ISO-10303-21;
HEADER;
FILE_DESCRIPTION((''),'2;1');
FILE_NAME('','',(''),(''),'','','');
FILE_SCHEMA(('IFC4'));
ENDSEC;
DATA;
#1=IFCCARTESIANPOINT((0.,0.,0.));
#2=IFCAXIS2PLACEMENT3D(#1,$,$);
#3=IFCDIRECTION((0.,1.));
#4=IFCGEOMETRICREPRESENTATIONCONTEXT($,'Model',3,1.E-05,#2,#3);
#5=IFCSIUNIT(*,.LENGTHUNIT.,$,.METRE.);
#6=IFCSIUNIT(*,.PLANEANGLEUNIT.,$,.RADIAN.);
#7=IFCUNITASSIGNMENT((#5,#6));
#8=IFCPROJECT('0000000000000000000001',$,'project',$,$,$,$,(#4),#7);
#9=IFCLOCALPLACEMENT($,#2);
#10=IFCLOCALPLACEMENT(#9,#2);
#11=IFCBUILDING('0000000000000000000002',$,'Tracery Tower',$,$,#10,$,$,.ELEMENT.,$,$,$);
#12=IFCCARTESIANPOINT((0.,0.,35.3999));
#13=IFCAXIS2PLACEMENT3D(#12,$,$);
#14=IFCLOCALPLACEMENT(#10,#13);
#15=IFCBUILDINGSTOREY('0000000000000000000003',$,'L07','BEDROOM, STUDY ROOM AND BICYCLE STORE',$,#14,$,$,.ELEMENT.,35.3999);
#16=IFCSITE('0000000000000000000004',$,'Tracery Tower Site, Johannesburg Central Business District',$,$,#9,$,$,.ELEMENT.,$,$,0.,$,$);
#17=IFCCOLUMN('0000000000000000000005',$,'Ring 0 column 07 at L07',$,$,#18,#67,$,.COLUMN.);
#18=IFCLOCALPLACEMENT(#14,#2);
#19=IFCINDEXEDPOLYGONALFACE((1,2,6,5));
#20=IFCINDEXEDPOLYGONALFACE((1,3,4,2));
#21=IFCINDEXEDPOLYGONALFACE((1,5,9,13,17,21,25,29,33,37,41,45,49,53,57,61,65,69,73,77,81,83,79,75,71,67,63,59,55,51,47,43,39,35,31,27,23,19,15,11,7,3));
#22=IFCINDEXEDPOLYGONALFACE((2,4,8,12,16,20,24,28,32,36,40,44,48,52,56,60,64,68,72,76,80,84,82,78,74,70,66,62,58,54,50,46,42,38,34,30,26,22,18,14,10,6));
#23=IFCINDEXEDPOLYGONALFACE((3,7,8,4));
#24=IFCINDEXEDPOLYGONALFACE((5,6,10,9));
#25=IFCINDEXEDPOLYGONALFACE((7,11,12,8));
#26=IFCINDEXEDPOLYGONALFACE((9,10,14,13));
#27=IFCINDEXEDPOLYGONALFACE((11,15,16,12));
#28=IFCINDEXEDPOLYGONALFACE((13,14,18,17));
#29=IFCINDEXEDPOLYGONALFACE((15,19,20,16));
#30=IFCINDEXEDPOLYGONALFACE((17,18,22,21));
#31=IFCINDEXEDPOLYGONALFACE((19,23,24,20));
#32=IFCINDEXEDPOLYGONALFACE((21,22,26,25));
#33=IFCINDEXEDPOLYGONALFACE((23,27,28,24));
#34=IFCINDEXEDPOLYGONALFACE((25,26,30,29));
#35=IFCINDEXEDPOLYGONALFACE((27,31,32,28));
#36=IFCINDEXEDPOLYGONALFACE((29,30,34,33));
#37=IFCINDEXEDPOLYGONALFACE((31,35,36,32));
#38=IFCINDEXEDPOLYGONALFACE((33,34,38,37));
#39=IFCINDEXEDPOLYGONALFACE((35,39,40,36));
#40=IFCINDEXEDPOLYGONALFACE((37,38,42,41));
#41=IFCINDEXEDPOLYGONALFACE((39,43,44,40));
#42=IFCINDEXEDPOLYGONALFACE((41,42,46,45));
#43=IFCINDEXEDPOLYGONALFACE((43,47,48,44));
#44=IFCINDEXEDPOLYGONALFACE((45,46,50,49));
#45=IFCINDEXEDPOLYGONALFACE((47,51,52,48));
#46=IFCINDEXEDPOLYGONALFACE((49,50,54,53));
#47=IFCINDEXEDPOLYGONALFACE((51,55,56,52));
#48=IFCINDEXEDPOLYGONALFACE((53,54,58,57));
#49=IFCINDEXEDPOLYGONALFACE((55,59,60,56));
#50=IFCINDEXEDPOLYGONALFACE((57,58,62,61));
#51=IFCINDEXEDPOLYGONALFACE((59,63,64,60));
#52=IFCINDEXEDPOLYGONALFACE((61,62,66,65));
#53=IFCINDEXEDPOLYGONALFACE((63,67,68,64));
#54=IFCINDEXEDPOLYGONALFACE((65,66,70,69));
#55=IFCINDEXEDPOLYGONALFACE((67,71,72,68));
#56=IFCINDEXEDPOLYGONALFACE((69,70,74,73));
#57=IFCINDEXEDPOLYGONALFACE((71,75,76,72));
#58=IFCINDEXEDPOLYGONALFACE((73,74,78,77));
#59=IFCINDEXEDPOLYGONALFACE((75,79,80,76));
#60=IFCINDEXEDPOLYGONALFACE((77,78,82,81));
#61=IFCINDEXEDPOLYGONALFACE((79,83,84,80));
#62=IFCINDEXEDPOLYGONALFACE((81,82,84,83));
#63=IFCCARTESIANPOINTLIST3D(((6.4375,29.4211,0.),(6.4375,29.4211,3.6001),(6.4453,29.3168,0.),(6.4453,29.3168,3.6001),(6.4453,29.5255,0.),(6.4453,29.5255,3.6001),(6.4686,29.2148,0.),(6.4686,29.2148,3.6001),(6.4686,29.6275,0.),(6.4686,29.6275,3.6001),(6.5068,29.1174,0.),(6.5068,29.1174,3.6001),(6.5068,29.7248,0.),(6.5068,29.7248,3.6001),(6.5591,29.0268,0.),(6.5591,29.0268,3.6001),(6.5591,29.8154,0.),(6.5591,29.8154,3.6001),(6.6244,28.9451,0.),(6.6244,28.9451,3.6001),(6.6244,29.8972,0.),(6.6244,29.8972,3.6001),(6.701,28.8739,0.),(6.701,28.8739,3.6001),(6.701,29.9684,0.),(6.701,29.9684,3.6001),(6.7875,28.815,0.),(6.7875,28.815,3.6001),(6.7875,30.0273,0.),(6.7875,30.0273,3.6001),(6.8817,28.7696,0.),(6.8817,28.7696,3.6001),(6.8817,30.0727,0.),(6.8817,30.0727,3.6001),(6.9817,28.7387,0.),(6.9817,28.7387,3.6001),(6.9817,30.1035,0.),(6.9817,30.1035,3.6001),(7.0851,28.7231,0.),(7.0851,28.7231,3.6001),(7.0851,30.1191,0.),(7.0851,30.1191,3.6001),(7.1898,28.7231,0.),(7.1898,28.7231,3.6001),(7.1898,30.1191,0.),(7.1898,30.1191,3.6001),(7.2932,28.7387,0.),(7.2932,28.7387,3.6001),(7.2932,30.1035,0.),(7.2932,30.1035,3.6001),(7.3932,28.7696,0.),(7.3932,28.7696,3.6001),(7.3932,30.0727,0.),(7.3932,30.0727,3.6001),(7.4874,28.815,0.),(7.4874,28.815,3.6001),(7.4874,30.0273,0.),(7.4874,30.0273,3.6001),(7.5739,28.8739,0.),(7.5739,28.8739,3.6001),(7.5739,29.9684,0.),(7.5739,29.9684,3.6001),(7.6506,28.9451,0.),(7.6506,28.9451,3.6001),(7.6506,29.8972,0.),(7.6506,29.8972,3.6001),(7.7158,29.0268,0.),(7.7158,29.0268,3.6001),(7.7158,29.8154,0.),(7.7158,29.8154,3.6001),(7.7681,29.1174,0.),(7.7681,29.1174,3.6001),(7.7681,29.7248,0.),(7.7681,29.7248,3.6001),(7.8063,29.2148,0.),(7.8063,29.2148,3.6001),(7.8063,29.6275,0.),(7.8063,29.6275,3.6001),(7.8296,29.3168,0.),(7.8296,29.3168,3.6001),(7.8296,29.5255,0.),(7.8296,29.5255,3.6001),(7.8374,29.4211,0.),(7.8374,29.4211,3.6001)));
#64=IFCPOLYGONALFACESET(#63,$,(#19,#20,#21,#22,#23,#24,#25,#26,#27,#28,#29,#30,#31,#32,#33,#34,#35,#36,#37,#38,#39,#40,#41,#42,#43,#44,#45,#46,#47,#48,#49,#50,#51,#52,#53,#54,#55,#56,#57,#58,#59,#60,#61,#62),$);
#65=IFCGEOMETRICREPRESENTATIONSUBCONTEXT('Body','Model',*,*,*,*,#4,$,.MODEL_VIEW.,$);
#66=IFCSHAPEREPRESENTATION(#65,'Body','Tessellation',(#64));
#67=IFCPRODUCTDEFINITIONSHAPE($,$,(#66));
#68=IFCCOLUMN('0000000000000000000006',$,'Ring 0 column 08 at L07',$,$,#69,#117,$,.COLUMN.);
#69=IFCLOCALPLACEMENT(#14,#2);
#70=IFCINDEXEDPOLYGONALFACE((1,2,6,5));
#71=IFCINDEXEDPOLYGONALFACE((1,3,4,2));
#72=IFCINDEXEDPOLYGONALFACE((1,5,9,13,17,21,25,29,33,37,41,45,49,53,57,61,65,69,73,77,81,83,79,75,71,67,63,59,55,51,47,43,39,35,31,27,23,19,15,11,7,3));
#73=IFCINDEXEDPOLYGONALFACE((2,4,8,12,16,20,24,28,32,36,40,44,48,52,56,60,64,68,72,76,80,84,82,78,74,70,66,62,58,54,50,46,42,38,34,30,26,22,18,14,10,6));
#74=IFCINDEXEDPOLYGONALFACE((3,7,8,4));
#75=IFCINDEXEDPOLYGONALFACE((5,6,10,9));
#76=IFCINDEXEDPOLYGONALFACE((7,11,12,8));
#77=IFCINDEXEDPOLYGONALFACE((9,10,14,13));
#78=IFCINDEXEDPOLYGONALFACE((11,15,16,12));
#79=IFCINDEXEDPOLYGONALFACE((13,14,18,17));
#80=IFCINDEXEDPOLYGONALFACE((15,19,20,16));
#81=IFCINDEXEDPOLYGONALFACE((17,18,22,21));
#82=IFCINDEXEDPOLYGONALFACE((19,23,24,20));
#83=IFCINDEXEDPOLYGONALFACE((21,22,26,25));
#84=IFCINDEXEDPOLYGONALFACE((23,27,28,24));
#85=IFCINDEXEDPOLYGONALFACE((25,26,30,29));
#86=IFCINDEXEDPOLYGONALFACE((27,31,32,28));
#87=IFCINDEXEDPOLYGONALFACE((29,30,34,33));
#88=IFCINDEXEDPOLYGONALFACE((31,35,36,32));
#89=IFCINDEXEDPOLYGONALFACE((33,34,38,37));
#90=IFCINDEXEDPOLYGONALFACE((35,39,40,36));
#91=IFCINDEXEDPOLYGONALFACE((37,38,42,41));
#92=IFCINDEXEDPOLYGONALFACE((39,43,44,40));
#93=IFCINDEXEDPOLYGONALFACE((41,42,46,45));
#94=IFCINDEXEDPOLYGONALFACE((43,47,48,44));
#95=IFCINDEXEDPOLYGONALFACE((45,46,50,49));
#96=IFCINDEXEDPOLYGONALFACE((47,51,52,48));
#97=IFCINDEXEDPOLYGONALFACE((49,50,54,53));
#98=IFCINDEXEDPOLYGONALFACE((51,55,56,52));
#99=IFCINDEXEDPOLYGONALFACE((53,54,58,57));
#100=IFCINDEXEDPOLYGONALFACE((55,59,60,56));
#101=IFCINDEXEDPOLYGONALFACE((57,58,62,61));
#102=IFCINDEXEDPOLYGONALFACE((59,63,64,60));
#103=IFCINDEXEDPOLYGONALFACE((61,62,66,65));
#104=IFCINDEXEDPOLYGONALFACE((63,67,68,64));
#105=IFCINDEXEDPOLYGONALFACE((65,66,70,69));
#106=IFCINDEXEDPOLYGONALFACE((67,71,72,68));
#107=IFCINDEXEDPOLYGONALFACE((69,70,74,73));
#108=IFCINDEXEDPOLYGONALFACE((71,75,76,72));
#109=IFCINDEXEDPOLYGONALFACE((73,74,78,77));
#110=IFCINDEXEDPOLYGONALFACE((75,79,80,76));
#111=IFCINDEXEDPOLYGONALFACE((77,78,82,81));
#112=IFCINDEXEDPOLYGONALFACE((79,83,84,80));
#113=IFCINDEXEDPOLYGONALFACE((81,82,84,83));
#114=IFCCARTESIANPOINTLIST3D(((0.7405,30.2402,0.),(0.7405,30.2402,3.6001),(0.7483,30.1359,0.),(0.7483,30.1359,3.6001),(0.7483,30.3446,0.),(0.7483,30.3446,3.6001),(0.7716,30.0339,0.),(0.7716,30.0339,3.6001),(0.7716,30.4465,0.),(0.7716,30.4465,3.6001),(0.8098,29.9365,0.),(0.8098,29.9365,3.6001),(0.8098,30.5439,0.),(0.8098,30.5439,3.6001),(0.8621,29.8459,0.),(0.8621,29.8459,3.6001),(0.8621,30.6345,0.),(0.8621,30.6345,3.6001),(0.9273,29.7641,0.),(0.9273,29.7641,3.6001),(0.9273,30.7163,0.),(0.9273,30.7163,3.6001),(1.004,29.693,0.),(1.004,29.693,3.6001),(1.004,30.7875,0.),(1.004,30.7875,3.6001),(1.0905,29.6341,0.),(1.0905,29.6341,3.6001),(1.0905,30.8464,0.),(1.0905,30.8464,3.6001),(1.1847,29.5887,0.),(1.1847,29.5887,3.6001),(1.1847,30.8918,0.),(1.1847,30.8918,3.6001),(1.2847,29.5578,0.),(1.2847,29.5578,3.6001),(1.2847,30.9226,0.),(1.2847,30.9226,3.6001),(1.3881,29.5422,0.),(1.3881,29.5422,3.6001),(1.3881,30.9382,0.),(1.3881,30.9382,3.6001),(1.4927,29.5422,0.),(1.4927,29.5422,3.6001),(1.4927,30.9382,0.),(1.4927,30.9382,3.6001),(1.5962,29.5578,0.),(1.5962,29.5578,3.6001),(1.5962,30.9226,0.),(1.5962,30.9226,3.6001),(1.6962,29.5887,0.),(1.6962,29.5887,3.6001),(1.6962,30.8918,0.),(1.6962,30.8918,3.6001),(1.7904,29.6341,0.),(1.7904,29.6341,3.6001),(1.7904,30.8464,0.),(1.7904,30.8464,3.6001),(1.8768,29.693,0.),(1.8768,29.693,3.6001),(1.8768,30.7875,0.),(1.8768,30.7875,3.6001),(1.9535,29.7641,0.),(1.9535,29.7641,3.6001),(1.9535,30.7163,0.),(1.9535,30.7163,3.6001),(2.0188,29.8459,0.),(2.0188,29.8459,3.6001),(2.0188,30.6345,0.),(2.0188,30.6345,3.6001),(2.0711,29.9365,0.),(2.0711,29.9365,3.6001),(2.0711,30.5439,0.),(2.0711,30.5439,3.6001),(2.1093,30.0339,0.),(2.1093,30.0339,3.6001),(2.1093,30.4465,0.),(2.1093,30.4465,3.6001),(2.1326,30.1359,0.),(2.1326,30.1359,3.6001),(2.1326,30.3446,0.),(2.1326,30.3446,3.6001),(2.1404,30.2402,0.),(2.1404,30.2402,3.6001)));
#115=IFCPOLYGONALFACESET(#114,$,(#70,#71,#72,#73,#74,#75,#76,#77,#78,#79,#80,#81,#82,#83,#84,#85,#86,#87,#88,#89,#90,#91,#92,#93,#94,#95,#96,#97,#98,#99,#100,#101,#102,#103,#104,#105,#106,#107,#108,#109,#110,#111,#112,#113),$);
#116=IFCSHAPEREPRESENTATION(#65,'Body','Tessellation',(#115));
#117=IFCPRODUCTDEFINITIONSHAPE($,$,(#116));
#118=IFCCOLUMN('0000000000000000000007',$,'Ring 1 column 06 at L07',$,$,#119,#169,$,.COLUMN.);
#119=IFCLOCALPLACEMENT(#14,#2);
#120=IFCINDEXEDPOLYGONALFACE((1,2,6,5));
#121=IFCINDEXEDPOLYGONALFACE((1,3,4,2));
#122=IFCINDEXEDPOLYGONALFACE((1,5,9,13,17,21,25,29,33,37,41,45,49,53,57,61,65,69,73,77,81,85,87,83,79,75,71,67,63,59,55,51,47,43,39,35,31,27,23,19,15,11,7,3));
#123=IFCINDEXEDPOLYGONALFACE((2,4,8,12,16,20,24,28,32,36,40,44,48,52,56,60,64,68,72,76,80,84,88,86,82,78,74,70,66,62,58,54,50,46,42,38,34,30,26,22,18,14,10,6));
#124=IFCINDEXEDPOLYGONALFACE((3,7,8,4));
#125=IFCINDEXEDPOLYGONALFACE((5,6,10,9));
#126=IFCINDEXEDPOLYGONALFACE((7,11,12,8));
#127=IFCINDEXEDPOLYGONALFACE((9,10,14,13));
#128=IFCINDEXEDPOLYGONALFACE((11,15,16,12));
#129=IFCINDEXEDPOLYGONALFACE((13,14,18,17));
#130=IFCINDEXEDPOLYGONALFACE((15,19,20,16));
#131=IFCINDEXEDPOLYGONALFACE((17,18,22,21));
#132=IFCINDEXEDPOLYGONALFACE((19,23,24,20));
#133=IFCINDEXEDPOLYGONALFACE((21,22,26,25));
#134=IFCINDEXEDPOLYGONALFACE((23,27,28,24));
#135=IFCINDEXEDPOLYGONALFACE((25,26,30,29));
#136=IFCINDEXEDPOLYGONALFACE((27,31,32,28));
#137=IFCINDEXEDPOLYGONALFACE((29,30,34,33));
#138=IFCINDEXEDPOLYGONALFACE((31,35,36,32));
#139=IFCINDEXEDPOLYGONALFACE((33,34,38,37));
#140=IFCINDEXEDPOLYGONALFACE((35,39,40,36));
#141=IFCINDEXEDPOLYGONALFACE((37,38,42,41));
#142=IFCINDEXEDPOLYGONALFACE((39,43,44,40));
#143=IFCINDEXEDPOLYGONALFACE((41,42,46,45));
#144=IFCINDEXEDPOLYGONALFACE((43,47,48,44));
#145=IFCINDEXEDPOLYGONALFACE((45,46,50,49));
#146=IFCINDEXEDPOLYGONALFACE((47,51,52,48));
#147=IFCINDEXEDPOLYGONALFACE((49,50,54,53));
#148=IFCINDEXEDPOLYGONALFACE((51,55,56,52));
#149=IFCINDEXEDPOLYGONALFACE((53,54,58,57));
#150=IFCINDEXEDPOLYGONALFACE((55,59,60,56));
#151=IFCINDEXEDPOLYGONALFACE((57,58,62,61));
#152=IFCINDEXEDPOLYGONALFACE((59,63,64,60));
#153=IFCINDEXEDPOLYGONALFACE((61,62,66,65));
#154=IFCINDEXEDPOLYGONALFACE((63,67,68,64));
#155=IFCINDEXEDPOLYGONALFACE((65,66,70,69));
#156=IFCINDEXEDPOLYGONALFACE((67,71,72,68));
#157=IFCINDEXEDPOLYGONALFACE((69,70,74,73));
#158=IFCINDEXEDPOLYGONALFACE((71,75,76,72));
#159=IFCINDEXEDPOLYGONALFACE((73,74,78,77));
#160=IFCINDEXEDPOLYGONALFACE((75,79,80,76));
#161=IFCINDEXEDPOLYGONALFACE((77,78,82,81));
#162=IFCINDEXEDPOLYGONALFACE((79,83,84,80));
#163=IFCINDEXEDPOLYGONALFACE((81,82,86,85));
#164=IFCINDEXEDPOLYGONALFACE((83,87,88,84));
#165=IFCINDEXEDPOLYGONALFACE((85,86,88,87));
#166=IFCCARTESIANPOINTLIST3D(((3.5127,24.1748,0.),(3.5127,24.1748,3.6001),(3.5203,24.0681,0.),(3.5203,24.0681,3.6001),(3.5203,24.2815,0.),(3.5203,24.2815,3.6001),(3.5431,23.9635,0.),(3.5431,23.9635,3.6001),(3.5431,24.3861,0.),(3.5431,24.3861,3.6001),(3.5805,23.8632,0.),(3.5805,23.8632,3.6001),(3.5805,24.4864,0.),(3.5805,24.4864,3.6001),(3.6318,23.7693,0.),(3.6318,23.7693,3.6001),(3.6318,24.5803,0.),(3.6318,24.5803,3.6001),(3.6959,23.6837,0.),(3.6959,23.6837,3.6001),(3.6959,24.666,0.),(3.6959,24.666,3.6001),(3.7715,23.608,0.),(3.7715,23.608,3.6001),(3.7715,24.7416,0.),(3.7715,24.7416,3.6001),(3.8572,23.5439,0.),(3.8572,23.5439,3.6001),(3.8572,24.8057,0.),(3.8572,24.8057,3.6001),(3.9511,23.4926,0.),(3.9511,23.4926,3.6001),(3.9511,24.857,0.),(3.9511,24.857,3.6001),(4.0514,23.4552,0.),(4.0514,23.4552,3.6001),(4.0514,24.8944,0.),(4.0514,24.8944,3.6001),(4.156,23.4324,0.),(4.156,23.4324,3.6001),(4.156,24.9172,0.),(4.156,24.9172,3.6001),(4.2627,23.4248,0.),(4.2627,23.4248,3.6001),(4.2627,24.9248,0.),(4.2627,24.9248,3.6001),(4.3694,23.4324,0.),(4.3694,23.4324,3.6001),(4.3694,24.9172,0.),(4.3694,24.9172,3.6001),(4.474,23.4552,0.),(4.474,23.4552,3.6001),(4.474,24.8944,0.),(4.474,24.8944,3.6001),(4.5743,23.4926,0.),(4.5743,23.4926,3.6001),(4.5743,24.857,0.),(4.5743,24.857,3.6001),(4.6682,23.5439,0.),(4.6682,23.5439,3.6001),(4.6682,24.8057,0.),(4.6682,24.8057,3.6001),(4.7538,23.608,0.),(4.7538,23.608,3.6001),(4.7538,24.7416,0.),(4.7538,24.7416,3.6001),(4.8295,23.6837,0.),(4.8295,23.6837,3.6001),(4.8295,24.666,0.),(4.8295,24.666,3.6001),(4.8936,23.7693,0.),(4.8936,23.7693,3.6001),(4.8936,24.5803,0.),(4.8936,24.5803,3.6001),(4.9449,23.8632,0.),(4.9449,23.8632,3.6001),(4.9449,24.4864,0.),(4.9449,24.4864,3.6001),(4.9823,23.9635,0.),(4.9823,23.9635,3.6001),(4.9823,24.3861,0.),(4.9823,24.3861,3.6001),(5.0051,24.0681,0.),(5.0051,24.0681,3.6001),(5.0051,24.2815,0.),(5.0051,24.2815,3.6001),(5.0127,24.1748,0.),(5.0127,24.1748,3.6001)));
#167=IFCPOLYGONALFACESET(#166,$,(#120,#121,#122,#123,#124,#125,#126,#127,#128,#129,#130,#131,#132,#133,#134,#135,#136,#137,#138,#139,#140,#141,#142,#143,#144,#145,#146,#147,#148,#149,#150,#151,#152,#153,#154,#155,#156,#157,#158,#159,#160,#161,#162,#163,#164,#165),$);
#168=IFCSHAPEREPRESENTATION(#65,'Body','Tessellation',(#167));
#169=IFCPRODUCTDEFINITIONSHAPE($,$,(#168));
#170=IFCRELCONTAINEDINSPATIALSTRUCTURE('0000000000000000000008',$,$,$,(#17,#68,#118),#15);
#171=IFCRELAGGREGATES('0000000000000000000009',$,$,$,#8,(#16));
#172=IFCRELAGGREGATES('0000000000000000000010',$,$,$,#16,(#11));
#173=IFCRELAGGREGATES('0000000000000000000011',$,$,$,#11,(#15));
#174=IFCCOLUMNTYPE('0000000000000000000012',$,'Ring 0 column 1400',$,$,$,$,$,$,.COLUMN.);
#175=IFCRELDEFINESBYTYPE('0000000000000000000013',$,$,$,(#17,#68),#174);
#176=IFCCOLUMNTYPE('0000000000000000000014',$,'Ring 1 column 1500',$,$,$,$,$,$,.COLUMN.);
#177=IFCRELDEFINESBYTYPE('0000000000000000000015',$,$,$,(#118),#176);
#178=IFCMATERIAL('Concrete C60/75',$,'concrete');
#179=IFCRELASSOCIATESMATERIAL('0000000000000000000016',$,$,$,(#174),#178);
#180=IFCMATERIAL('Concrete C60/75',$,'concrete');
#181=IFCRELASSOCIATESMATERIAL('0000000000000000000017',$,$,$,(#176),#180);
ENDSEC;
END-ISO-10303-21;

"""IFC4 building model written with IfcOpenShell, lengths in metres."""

from ifc_helpers import new_model, si_unit, direction, frame, origin, origin_2d, place, context, subcontext, project, spatial, circle, extrude, material, material_profile, profile_set, type_object, element, save


model = new_model("IFC4")

# Units and contexts
model_context = context("Model", 3, precision=1e-05, world=origin(), true_north=direction((0.0, 1.0)))
body_context = subcontext(model_context, "Body", "Model", "MODEL_VIEW")
ifc_project = project(units=[si_unit("LENGTHUNIT", "METRE"), si_unit("PLANEANGLEUNIT", "RADIAN")], contexts=[model_context])

# Site, building, storey
site_placement = place(None, origin())
site = spatial("IfcSite", under=ifc_project, at=site_placement, Name="Tracery Tower Site, Johannesburg Central Business District", CompositionType="ELEMENT", RefElevation=0.0)
building_placement = place(site_placement, origin())
building = spatial("IfcBuilding", under=site, at=building_placement, Name="Tracery Tower", CompositionType="ELEMENT")
storey_placement = place(building_placement, frame((0.0, 0.0, 35.3999)))
storey = spatial("IfcBuildingStorey", under=building, at=storey_placement, Name="L07", Description="BEDROOM, STUDY ROOM AND BICYCLE STORE", CompositionType="ELEMENT", Elevation=35.3999)

# Columns
ifc_material_1 = material(Name="Concrete C60/75", Category="concrete")
ifc_material_profile_1 = material_profile(ifc_material_1, circle(Radius=0.7, at=origin_2d()), Name="RC D1400")
ifc_profile_set_1 = profile_set([ifc_material_profile_1], Name="Concrete C60/75")
column_type_1 = type_object("IfcColumnType", Name="Ring 0 column 1400", PredefinedType="COLUMN", material=ifc_profile_set_1)
for number, where, z_axis, x_axis, name in (
    (1, (7.1375, 29.4211, 0.0), (0.0, 0.0, 1.0), (1.0, 0.0, 0.0), "Ring 0 column 07 at L07"),
    (2, (1.4404, 30.2402, 0.0), (0.0, 0.0, 1.0), (1.0, 0.0, 0.0), "Ring 0 column 08 at L07"),
):
    element("IfcColumn", number, at=place(storey_placement, frame(where, z_axis=z_axis, x_axis=x_axis)), inside=storey, type_object=column_type_1, Name=name, PredefinedType="COLUMN", context=body_context, shape_type="SweptSolid", body=[
        extrude(circle(Radius=0.7, at=origin_2d()), origin(), (0.0, 0.0, 1.0), 3.6001),
    ])
ifc_material_2 = material(Name="Concrete C60/75", Category="concrete")
ifc_material_profile_2 = material_profile(ifc_material_2, circle(Radius=0.75, at=origin_2d()), Name="RC D1500")
ifc_profile_set_2 = profile_set([ifc_material_profile_2], Name="Concrete C60/75")
column_type_2 = type_object("IfcColumnType", Name="Ring 1 column 1500", PredefinedType="COLUMN", material=ifc_profile_set_2)
for number, where, z_axis, x_axis, name in (
    (3, (4.2627, 24.1748, 0.0), (0.0, 0.0, 1.0), (1.0, 0.0, 0.0), "Ring 1 column 06 at L07"),
):
    element("IfcColumn", number, at=place(storey_placement, frame(where, z_axis=z_axis, x_axis=x_axis)), inside=storey, type_object=column_type_2, Name=name, PredefinedType="COLUMN", context=body_context, shape_type="SweptSolid", body=[
        extrude(circle(Radius=0.75, at=origin_2d()), origin(), (0.0, 0.0, 1.0), 3.6001),
    ])

save(model, "model.ifc")
